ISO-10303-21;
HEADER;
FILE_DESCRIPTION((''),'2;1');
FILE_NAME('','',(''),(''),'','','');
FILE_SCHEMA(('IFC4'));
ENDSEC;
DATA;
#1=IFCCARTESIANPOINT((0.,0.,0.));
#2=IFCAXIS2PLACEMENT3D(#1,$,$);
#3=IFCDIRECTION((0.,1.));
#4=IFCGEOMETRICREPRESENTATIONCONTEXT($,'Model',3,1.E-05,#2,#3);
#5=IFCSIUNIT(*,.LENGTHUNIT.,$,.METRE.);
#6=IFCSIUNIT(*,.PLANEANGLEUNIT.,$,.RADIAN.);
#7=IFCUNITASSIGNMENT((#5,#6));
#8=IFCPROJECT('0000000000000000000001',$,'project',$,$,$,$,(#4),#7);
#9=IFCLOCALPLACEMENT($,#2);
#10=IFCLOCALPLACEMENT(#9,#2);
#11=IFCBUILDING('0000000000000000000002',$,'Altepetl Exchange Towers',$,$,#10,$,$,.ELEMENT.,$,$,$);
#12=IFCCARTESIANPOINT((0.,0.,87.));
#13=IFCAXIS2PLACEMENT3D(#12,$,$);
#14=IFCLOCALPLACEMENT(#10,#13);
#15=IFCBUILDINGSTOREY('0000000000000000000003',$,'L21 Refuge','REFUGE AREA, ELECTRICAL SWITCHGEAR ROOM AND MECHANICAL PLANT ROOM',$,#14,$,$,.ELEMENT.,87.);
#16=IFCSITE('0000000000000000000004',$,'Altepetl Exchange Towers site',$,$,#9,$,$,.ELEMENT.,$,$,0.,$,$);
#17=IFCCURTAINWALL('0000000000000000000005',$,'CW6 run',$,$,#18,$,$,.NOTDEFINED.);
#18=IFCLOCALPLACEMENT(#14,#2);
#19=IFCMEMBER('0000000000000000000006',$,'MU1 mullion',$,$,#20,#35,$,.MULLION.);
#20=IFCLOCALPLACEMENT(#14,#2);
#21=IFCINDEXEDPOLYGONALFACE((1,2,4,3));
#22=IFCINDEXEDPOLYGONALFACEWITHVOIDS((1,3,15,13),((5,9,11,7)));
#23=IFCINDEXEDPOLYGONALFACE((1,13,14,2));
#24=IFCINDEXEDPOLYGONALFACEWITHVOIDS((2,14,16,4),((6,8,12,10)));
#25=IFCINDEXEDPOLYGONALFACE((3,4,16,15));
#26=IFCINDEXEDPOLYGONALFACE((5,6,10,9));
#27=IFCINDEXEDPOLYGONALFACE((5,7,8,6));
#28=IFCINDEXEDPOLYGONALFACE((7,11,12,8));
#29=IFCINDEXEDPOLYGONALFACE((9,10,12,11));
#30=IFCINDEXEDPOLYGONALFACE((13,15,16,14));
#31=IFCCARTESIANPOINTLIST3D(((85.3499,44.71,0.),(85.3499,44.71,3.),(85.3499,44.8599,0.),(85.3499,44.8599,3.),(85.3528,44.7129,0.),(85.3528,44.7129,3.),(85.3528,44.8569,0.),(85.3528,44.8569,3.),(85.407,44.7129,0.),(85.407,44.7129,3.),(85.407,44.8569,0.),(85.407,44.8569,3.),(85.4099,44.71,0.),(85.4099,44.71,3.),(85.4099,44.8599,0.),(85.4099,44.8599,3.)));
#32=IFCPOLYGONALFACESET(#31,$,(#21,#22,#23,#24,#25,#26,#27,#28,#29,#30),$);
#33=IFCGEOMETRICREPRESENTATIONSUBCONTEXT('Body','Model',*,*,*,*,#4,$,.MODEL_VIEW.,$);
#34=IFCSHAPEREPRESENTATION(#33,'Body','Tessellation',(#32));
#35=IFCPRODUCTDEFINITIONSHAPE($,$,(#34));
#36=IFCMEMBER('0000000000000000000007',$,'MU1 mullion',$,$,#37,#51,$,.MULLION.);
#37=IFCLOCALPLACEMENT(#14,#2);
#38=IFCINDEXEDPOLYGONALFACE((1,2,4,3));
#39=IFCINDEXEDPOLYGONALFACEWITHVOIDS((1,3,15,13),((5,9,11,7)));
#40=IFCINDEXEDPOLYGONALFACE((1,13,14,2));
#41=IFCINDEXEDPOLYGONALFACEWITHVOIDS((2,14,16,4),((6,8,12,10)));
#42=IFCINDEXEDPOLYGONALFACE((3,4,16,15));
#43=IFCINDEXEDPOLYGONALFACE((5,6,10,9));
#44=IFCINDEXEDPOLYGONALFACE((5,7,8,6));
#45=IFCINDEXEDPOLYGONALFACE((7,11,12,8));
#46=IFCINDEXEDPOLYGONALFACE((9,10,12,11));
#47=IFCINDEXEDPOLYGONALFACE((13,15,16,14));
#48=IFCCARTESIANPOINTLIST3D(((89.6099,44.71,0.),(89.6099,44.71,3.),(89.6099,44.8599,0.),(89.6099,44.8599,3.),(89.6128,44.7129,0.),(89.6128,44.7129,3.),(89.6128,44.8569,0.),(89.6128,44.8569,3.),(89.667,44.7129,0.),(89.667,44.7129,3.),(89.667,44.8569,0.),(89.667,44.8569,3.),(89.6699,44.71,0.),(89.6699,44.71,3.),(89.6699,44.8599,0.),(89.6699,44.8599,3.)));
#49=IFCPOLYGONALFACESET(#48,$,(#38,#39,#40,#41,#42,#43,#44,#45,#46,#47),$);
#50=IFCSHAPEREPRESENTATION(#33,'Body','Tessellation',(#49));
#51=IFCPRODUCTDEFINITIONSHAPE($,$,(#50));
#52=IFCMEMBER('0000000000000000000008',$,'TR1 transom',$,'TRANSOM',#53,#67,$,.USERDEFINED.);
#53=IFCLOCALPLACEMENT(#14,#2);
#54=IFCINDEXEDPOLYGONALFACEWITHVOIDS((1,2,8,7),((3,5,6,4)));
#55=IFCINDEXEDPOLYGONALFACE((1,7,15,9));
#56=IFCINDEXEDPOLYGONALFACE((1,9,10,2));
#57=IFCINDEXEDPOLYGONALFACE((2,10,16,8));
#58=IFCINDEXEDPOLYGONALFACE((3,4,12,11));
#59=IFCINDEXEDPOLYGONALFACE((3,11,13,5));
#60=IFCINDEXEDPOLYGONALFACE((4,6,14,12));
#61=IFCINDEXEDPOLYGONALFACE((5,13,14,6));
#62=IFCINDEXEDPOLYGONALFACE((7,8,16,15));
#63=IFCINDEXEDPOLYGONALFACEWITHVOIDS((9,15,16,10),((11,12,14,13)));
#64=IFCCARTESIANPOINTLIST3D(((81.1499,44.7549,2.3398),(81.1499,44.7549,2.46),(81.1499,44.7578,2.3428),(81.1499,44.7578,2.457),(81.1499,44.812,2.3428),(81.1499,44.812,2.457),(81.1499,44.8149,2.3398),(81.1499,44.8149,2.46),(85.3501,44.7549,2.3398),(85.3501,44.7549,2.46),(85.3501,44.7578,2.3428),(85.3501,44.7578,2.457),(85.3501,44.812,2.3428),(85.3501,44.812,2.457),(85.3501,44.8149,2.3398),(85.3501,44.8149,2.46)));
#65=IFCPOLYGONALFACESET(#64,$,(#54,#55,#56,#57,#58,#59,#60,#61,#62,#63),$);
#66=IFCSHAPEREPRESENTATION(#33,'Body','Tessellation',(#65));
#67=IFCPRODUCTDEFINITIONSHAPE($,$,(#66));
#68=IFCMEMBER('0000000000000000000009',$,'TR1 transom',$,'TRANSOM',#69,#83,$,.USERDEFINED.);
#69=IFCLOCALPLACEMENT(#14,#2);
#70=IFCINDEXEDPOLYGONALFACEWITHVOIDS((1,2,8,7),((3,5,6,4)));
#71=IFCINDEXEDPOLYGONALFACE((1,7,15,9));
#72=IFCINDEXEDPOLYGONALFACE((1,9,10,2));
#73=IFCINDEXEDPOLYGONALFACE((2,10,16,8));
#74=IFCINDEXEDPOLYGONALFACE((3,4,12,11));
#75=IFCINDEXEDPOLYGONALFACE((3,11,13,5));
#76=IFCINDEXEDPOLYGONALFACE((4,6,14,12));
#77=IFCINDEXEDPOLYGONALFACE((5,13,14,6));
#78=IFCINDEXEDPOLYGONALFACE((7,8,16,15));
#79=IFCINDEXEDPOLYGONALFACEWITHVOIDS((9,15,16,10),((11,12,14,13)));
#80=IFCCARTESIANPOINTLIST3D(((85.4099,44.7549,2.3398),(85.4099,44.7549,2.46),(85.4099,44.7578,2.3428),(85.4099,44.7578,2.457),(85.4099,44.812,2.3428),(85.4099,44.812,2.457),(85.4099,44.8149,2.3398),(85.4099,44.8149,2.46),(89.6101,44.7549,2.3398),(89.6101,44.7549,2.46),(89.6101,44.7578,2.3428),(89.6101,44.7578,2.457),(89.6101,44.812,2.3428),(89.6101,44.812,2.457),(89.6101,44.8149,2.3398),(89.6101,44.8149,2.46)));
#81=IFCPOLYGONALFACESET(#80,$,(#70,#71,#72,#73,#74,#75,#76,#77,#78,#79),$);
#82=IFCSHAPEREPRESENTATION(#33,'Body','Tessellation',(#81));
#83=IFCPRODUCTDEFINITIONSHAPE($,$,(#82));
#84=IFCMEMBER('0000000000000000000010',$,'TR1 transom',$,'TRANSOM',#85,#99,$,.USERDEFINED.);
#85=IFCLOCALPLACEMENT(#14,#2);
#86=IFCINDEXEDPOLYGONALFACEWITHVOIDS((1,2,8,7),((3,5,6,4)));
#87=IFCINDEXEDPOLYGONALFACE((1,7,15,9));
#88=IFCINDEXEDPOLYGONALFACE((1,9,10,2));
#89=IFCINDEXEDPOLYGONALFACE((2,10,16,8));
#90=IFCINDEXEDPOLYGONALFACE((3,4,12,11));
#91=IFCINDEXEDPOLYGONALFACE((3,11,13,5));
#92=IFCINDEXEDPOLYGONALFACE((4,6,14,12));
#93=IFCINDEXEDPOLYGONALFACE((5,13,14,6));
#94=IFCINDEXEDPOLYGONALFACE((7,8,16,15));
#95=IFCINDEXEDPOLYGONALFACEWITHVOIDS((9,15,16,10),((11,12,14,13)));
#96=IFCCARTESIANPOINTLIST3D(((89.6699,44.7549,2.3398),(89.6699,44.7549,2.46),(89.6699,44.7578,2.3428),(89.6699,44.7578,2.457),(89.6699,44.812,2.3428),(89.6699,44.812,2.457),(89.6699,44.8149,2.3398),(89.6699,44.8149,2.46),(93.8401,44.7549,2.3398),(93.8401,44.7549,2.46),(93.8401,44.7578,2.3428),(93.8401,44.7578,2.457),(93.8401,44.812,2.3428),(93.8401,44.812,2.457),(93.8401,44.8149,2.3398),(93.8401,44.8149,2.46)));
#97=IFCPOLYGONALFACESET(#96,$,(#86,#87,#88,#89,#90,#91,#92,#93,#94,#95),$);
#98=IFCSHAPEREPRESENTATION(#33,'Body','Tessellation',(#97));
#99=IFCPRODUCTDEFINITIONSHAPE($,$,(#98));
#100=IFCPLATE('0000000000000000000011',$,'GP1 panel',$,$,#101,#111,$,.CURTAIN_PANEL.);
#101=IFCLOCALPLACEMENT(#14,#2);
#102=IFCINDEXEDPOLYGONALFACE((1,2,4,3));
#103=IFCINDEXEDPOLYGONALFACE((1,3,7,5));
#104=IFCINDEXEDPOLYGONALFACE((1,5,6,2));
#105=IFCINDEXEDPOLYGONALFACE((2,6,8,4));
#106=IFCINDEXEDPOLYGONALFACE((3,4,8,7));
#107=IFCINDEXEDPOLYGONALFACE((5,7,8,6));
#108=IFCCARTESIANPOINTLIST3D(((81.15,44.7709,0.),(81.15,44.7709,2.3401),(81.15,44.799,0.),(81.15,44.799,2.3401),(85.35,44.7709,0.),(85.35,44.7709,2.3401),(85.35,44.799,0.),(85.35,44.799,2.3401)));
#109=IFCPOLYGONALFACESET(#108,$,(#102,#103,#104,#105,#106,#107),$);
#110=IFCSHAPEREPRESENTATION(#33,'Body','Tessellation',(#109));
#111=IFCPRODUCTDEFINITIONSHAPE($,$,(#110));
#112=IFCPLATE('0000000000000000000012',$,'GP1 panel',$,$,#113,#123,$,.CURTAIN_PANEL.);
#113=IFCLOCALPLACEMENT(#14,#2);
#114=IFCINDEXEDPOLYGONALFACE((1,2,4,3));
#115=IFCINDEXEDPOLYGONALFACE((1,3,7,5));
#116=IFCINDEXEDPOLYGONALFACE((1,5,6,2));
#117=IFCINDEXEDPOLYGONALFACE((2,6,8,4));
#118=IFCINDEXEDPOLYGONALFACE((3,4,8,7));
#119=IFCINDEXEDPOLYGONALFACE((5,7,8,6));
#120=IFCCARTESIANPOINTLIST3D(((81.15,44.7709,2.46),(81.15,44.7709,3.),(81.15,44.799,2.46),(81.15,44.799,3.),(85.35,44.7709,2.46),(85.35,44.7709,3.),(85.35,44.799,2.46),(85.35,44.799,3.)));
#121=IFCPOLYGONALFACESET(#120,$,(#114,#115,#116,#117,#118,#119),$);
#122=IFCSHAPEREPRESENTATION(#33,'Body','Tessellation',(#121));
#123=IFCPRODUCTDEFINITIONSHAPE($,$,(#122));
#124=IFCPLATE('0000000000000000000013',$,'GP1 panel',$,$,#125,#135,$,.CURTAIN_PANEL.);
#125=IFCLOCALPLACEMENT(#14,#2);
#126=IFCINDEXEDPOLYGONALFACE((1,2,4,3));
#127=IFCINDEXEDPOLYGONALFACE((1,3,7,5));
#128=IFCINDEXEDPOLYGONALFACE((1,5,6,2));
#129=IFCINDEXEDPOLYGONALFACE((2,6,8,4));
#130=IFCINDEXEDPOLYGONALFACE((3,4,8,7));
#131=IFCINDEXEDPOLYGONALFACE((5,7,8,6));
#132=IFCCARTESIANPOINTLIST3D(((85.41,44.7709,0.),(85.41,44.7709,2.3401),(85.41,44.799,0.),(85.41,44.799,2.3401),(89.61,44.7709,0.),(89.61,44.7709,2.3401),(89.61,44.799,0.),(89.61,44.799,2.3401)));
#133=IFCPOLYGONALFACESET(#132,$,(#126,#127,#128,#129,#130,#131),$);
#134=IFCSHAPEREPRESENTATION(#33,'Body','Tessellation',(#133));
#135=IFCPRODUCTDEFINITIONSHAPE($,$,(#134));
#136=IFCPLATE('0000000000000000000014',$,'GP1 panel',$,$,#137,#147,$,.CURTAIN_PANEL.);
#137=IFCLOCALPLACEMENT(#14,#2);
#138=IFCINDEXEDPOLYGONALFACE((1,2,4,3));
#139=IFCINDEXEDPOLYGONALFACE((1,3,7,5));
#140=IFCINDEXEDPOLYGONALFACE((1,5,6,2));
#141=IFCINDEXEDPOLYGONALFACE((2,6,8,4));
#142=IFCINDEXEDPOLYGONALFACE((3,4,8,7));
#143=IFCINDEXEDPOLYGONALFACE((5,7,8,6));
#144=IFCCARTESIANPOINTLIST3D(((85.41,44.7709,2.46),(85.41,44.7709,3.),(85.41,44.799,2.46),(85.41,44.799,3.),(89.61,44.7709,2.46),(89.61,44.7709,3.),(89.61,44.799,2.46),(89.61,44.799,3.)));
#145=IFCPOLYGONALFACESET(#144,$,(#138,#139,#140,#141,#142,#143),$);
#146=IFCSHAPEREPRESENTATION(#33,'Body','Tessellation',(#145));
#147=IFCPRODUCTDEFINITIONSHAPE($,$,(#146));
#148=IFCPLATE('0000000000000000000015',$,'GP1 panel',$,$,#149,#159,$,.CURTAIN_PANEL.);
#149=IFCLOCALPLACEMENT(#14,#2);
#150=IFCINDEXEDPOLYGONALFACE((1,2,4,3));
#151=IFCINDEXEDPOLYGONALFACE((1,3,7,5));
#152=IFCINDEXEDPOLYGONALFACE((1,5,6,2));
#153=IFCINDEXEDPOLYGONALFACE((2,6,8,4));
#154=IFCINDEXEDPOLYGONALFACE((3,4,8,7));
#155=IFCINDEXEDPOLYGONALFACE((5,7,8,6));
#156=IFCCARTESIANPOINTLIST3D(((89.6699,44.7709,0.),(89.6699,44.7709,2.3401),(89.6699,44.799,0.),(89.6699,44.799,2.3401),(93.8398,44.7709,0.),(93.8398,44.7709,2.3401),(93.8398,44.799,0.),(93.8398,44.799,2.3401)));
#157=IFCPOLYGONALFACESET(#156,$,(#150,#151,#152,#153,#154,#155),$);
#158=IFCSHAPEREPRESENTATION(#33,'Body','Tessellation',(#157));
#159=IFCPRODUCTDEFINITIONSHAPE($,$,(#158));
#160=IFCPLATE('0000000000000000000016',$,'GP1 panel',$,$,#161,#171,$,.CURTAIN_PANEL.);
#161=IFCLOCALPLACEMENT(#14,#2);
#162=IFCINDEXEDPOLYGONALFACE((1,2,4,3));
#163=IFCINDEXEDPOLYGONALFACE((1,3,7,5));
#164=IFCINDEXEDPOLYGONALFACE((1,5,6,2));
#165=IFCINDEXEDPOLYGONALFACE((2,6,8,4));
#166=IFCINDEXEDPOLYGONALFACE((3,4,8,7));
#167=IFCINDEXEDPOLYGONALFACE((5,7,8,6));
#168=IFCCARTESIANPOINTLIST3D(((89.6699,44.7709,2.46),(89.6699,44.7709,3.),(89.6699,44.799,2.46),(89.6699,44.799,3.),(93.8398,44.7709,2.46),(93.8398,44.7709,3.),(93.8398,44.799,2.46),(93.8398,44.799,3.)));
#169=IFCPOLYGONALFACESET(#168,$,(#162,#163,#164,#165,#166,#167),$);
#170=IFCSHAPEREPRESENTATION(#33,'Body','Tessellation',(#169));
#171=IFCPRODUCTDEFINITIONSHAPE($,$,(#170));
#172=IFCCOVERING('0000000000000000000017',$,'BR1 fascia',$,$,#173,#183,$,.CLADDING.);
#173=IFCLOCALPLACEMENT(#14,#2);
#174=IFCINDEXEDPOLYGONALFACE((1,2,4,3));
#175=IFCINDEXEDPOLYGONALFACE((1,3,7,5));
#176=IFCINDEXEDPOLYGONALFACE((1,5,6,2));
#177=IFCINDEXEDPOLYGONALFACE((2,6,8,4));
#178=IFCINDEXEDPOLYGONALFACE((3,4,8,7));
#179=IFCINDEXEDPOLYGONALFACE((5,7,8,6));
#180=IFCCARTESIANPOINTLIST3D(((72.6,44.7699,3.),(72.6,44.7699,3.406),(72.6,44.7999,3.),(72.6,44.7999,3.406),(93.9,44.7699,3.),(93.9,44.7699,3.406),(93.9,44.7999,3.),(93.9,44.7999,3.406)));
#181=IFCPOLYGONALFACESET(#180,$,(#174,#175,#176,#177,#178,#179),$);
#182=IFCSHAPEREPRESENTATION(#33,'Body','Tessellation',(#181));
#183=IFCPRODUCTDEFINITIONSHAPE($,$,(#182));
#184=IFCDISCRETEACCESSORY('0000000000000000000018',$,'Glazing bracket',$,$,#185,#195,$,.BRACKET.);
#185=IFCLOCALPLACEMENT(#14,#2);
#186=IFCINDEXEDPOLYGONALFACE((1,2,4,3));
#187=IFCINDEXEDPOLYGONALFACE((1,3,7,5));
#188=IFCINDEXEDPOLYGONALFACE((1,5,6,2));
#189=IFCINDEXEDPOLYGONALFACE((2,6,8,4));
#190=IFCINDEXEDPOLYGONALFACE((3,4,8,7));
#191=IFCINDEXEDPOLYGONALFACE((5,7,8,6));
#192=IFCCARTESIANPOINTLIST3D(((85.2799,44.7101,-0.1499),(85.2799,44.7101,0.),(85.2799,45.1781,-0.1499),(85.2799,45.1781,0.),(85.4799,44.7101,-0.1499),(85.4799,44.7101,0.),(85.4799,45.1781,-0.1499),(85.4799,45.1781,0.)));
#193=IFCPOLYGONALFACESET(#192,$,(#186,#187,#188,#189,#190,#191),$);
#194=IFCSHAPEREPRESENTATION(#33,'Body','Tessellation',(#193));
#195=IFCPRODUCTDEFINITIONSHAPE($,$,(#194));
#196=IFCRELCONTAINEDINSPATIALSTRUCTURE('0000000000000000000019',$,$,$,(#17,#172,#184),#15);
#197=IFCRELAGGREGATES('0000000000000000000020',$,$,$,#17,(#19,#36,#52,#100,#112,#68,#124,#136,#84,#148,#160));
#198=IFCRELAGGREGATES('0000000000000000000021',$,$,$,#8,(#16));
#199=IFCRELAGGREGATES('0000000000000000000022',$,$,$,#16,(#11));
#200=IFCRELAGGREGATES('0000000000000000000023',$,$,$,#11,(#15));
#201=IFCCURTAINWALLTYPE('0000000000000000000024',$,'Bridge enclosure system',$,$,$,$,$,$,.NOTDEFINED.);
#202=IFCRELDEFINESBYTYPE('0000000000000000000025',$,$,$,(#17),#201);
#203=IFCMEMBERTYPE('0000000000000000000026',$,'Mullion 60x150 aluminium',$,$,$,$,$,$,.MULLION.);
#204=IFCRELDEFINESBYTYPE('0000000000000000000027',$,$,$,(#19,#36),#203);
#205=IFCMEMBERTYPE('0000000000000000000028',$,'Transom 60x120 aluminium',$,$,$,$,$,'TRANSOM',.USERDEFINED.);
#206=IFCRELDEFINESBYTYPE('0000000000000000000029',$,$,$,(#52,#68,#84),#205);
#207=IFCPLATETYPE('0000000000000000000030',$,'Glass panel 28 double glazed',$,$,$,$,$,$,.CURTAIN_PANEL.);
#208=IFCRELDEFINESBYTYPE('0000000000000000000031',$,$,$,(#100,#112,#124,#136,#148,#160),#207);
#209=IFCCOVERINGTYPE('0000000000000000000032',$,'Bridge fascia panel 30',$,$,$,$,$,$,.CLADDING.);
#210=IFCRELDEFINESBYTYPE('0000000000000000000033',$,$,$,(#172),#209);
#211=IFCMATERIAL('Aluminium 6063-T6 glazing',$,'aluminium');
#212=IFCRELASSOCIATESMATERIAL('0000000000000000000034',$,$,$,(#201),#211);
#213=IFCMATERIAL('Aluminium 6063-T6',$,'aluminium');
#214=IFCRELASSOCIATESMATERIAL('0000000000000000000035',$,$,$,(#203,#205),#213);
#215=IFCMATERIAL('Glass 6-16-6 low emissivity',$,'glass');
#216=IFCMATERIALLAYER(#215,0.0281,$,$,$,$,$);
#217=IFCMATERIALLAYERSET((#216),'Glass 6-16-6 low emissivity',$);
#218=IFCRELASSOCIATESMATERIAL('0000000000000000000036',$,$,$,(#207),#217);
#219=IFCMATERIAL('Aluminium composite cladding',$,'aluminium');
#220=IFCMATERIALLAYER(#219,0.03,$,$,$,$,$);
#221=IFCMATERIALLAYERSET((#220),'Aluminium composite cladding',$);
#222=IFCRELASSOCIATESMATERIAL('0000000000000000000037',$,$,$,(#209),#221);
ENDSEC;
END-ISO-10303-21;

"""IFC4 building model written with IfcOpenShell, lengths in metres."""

from ifc_helpers import new_model, si_unit, direction, frame, origin, origin_2d, place, context, subcontext, project, spatial, rectangle, hollow_rectangle, extrude, material, layer, layer_set, material_profile, profile_set, type_object, element, aggregate, save


model = new_model("IFC4")

# Units and contexts
model_context = context("Model", 3, precision=1e-05, world=origin(), true_north=direction((0.0, 1.0)))
body_context = subcontext(model_context, "Body", "Model", "MODEL_VIEW")
ifc_project = project(units=[si_unit("LENGTHUNIT", "METRE"), si_unit("PLANEANGLEUNIT", "RADIAN")], contexts=[model_context])

# Site, building, storey
site_placement = place(None, origin())
site = spatial("IfcSite", under=ifc_project, at=site_placement, Name="Altepetl Exchange Towers site", CompositionType="ELEMENT", RefElevation=0.0)
building_placement = place(site_placement, origin())
building = spatial("IfcBuilding", under=site, at=building_placement, Name="Altepetl Exchange Towers", CompositionType="ELEMENT")
storey_placement = place(building_placement, frame((0.0, 0.0, 87.0)))
storey = spatial("IfcBuildingStorey", under=building, at=storey_placement, Name="L21 Refuge", Description="REFUGE AREA, ELECTRICAL SWITCHGEAR ROOM AND MECHANICAL PLANT ROOM", CompositionType="ELEMENT", Elevation=87.0)

# Curtain wall, members, plates
ifc_material_1 = material(Name="Aluminium 6063-T6 glazing", Category="aluminium")
curtain_wall_type = type_object("IfcCurtainWallType", Name="Bridge enclosure system", PredefinedType="NOTDEFINED", material=ifc_material_1)
curtain_wall_placement = place(storey_placement, origin())
curtain_wall = element("IfcCurtainWall", 1, at=curtain_wall_placement, inside=storey, type_object=curtain_wall_type, Name="CW6 run", PredefinedType="NOTDEFINED")
ifc_material_2 = material(Name="Aluminium 6063-T6", Category="aluminium")
ifc_material_profile_1 = material_profile(ifc_material_2, hollow_rectangle(XDim=0.0601, YDim=0.1499, WallThickness=0.0029, at=origin_2d()), Name="Mullion 60x150 aluminium")
ifc_profile_set_1 = profile_set([ifc_material_profile_1], Name="Aluminium 6063-T6")
member_type_1 = type_object("IfcMemberType", Name="Mullion 60x150 aluminium", PredefinedType="MULLION", material=ifc_profile_set_1)
member_1_placement = place(storey_placement, frame((85.3799, 44.7849, 0.0)))
member_1 = element("IfcMember", 2, at=member_1_placement, type_object=member_type_1, Name="MU1 mullion", PredefinedType="MULLION", context=body_context, shape_type="SweptSolid", body=[
    extrude(hollow_rectangle(XDim=0.0601, YDim=0.1499, WallThickness=0.0029, at=origin_2d()), origin(), (0.0, 0.0, 1.0), 3.0),
])
member_2_placement = place(storey_placement, frame((89.6399, 44.7849, 0.0)))
member_2 = element("IfcMember", 3, at=member_2_placement, type_object=member_type_1, Name="MU1 mullion", PredefinedType="MULLION", context=body_context, shape_type="SweptSolid", body=[
    extrude(hollow_rectangle(XDim=0.0601, YDim=0.1499, WallThickness=0.0029, at=origin_2d()), origin(), (0.0, 0.0, 1.0), 3.0),
])
ifc_material_profile_2 = material_profile(ifc_material_2, hollow_rectangle(XDim=0.0601, YDim=0.1201, WallThickness=0.0029, at=origin_2d()), Name="Transom 60x120 aluminium")
ifc_profile_set_2 = profile_set([ifc_material_profile_2], Name="Aluminium 6063-T6")
member_type_2 = type_object("IfcMemberType", Name="Transom 60x120 aluminium", ElementType="TRANSOM", PredefinedType="USERDEFINED", material=ifc_profile_set_2)
member_3_placement = place(storey_placement, frame((81.1499, 44.7849, 2.3999), z_axis=(1.0, 0.0, 0.0), x_axis=(0.0, 1.0, 0.0)))
member_3 = element("IfcMember", 4, at=member_3_placement, type_object=member_type_2, Name="TR1 transom", ObjectType="TRANSOM", PredefinedType="USERDEFINED", context=body_context, shape_type="SweptSolid", body=[
    extrude(hollow_rectangle(XDim=0.0601, YDim=0.1201, WallThickness=0.0029, at=origin_2d()), origin(), (0.0, 0.0, 1.0), 4.2002),
])
member_4_placement = place(storey_placement, frame((85.4099, 44.7849, 2.3999), z_axis=(1.0, 0.0, 0.0), x_axis=(0.0, 1.0, 0.0)))
member_4 = element("IfcMember", 5, at=member_4_placement, type_object=member_type_2, Name="TR1 transom", ObjectType="TRANSOM", PredefinedType="USERDEFINED", context=body_context, shape_type="SweptSolid", body=[
    extrude(hollow_rectangle(XDim=0.0601, YDim=0.1201, WallThickness=0.0029, at=origin_2d()), origin(), (0.0, 0.0, 1.0), 4.2002),
])
member_5_placement = place(storey_placement, frame((89.6699, 44.7849, 2.3999), z_axis=(1.0, 0.0, 0.0), x_axis=(0.0, 1.0, 0.0)))
member_5 = element("IfcMember", 6, at=member_5_placement, type_object=member_type_2, Name="TR1 transom", ObjectType="TRANSOM", PredefinedType="USERDEFINED", context=body_context, shape_type="SweptSolid", body=[
    extrude(hollow_rectangle(XDim=0.0601, YDim=0.1201, WallThickness=0.0029, at=origin_2d()), origin(), (0.0, 0.0, 1.0), 4.1702),
])
ifc_material_3 = material(Name="Glass 6-16-6 low emissivity", Category="glass")
ifc_layer_1 = layer(ifc_material_3, 0.0281)
ifc_layer_set_1 = layer_set([ifc_layer_1], Name="Glass 6-16-6 low emissivity")
plate_type = type_object("IfcPlateType", Name="Glass panel 28 double glazed", PredefinedType="CURTAIN_PANEL", material=ifc_layer_set_1)
plate_1_placement = place(storey_placement, frame((83.25, 44.7849, 0.0)))
plate_1 = element("IfcPlate", 7, at=plate_1_placement, type_object=plate_type, Name="GP1 panel", PredefinedType="CURTAIN_PANEL", context=body_context, shape_type="SweptSolid", body=[
    extrude(rectangle(XDim=4.2, YDim=0.0281, at=origin_2d()), origin(), (0.0, 0.0, 1.0), 2.3401),
])
plate_2_placement = place(storey_placement, frame((83.25, 44.7849, 2.46)))
plate_2 = element("IfcPlate", 8, at=plate_2_placement, type_object=plate_type, Name="GP1 panel", PredefinedType="CURTAIN_PANEL", context=body_context, shape_type="SweptSolid", body=[
    extrude(rectangle(XDim=4.2, YDim=0.0281, at=origin_2d()), origin(), (0.0, 0.0, 1.0), 0.54),
])
plate_3_placement = place(storey_placement, frame((87.51, 44.7849, 0.0)))
plate_3 = element("IfcPlate", 9, at=plate_3_placement, type_object=plate_type, Name="GP1 panel", PredefinedType="CURTAIN_PANEL", context=body_context, shape_type="SweptSolid", body=[
    extrude(rectangle(XDim=4.2, YDim=0.0281, at=origin_2d()), origin(), (0.0, 0.0, 1.0), 2.3401),
])
plate_4_placement = place(storey_placement, frame((87.51, 44.7849, 2.46)))
plate_4 = element("IfcPlate", 10, at=plate_4_placement, type_object=plate_type, Name="GP1 panel", PredefinedType="CURTAIN_PANEL", context=body_context, shape_type="SweptSolid", body=[
    extrude(rectangle(XDim=4.2, YDim=0.0281, at=origin_2d()), origin(), (0.0, 0.0, 1.0), 0.54),
])
plate_5_placement = place(storey_placement, frame((91.7549, 44.7849, 0.0)))
plate_5 = element("IfcPlate", 11, at=plate_5_placement, type_object=plate_type, Name="GP1 panel", PredefinedType="CURTAIN_PANEL", context=body_context, shape_type="SweptSolid", body=[
    extrude(rectangle(XDim=4.1699, YDim=0.0281, at=origin_2d()), origin(), (0.0, 0.0, 1.0), 2.3401),
])
plate_6_placement = place(storey_placement, frame((91.7549, 44.7849, 2.46)))
plate_6 = element("IfcPlate", 12, at=plate_6_placement, type_object=plate_type, Name="GP1 panel", PredefinedType="CURTAIN_PANEL", context=body_context, shape_type="SweptSolid", body=[
    extrude(rectangle(XDim=4.1699, YDim=0.0281, at=origin_2d()), origin(), (0.0, 0.0, 1.0), 0.54),
])
aggregate(curtain_wall, [member_1, member_2, member_3, plate_1, plate_2, member_4, plate_3, plate_4, member_5, plate_5, plate_6])

# Covering
ifc_material_4 = material(Name="Aluminium composite cladding", Category="aluminium")
ifc_layer_2 = layer(ifc_material_4, 0.03)
ifc_layer_set_2 = layer_set([ifc_layer_2], Name="Aluminium composite cladding")
covering_type = type_object("IfcCoveringType", Name="Bridge fascia panel 30", PredefinedType="CLADDING", material=ifc_layer_set_2)
covering_placement = place(storey_placement, frame((83.25, 44.7849, 3.0)))
element("IfcCovering", 13, at=covering_placement, inside=storey, type_object=covering_type, Name="BR1 fascia", PredefinedType="CLADDING", context=body_context, shape_type="SweptSolid", body=[
    extrude(rectangle(XDim=21.3, YDim=0.03, at=origin_2d()), origin(), (0.0, 0.0, 1.0), 0.406),
])

# Discrete accessory
for number, where, name in (
    (14, (85.3799, 44.9441, -0.1499), "Glazing bracket"),
):
    element("IfcDiscreteAccessory", number, at=place(storey_placement, frame(where)), inside=storey, Name=name, PredefinedType="BRACKET", context=body_context, shape_type="SweptSolid", body=[
        extrude(rectangle(XDim=0.2, YDim=0.468, at=origin_2d()), origin(), (0.0, 0.0, 1.0), 0.1499),
    ])

save(model, "model.ifc")
